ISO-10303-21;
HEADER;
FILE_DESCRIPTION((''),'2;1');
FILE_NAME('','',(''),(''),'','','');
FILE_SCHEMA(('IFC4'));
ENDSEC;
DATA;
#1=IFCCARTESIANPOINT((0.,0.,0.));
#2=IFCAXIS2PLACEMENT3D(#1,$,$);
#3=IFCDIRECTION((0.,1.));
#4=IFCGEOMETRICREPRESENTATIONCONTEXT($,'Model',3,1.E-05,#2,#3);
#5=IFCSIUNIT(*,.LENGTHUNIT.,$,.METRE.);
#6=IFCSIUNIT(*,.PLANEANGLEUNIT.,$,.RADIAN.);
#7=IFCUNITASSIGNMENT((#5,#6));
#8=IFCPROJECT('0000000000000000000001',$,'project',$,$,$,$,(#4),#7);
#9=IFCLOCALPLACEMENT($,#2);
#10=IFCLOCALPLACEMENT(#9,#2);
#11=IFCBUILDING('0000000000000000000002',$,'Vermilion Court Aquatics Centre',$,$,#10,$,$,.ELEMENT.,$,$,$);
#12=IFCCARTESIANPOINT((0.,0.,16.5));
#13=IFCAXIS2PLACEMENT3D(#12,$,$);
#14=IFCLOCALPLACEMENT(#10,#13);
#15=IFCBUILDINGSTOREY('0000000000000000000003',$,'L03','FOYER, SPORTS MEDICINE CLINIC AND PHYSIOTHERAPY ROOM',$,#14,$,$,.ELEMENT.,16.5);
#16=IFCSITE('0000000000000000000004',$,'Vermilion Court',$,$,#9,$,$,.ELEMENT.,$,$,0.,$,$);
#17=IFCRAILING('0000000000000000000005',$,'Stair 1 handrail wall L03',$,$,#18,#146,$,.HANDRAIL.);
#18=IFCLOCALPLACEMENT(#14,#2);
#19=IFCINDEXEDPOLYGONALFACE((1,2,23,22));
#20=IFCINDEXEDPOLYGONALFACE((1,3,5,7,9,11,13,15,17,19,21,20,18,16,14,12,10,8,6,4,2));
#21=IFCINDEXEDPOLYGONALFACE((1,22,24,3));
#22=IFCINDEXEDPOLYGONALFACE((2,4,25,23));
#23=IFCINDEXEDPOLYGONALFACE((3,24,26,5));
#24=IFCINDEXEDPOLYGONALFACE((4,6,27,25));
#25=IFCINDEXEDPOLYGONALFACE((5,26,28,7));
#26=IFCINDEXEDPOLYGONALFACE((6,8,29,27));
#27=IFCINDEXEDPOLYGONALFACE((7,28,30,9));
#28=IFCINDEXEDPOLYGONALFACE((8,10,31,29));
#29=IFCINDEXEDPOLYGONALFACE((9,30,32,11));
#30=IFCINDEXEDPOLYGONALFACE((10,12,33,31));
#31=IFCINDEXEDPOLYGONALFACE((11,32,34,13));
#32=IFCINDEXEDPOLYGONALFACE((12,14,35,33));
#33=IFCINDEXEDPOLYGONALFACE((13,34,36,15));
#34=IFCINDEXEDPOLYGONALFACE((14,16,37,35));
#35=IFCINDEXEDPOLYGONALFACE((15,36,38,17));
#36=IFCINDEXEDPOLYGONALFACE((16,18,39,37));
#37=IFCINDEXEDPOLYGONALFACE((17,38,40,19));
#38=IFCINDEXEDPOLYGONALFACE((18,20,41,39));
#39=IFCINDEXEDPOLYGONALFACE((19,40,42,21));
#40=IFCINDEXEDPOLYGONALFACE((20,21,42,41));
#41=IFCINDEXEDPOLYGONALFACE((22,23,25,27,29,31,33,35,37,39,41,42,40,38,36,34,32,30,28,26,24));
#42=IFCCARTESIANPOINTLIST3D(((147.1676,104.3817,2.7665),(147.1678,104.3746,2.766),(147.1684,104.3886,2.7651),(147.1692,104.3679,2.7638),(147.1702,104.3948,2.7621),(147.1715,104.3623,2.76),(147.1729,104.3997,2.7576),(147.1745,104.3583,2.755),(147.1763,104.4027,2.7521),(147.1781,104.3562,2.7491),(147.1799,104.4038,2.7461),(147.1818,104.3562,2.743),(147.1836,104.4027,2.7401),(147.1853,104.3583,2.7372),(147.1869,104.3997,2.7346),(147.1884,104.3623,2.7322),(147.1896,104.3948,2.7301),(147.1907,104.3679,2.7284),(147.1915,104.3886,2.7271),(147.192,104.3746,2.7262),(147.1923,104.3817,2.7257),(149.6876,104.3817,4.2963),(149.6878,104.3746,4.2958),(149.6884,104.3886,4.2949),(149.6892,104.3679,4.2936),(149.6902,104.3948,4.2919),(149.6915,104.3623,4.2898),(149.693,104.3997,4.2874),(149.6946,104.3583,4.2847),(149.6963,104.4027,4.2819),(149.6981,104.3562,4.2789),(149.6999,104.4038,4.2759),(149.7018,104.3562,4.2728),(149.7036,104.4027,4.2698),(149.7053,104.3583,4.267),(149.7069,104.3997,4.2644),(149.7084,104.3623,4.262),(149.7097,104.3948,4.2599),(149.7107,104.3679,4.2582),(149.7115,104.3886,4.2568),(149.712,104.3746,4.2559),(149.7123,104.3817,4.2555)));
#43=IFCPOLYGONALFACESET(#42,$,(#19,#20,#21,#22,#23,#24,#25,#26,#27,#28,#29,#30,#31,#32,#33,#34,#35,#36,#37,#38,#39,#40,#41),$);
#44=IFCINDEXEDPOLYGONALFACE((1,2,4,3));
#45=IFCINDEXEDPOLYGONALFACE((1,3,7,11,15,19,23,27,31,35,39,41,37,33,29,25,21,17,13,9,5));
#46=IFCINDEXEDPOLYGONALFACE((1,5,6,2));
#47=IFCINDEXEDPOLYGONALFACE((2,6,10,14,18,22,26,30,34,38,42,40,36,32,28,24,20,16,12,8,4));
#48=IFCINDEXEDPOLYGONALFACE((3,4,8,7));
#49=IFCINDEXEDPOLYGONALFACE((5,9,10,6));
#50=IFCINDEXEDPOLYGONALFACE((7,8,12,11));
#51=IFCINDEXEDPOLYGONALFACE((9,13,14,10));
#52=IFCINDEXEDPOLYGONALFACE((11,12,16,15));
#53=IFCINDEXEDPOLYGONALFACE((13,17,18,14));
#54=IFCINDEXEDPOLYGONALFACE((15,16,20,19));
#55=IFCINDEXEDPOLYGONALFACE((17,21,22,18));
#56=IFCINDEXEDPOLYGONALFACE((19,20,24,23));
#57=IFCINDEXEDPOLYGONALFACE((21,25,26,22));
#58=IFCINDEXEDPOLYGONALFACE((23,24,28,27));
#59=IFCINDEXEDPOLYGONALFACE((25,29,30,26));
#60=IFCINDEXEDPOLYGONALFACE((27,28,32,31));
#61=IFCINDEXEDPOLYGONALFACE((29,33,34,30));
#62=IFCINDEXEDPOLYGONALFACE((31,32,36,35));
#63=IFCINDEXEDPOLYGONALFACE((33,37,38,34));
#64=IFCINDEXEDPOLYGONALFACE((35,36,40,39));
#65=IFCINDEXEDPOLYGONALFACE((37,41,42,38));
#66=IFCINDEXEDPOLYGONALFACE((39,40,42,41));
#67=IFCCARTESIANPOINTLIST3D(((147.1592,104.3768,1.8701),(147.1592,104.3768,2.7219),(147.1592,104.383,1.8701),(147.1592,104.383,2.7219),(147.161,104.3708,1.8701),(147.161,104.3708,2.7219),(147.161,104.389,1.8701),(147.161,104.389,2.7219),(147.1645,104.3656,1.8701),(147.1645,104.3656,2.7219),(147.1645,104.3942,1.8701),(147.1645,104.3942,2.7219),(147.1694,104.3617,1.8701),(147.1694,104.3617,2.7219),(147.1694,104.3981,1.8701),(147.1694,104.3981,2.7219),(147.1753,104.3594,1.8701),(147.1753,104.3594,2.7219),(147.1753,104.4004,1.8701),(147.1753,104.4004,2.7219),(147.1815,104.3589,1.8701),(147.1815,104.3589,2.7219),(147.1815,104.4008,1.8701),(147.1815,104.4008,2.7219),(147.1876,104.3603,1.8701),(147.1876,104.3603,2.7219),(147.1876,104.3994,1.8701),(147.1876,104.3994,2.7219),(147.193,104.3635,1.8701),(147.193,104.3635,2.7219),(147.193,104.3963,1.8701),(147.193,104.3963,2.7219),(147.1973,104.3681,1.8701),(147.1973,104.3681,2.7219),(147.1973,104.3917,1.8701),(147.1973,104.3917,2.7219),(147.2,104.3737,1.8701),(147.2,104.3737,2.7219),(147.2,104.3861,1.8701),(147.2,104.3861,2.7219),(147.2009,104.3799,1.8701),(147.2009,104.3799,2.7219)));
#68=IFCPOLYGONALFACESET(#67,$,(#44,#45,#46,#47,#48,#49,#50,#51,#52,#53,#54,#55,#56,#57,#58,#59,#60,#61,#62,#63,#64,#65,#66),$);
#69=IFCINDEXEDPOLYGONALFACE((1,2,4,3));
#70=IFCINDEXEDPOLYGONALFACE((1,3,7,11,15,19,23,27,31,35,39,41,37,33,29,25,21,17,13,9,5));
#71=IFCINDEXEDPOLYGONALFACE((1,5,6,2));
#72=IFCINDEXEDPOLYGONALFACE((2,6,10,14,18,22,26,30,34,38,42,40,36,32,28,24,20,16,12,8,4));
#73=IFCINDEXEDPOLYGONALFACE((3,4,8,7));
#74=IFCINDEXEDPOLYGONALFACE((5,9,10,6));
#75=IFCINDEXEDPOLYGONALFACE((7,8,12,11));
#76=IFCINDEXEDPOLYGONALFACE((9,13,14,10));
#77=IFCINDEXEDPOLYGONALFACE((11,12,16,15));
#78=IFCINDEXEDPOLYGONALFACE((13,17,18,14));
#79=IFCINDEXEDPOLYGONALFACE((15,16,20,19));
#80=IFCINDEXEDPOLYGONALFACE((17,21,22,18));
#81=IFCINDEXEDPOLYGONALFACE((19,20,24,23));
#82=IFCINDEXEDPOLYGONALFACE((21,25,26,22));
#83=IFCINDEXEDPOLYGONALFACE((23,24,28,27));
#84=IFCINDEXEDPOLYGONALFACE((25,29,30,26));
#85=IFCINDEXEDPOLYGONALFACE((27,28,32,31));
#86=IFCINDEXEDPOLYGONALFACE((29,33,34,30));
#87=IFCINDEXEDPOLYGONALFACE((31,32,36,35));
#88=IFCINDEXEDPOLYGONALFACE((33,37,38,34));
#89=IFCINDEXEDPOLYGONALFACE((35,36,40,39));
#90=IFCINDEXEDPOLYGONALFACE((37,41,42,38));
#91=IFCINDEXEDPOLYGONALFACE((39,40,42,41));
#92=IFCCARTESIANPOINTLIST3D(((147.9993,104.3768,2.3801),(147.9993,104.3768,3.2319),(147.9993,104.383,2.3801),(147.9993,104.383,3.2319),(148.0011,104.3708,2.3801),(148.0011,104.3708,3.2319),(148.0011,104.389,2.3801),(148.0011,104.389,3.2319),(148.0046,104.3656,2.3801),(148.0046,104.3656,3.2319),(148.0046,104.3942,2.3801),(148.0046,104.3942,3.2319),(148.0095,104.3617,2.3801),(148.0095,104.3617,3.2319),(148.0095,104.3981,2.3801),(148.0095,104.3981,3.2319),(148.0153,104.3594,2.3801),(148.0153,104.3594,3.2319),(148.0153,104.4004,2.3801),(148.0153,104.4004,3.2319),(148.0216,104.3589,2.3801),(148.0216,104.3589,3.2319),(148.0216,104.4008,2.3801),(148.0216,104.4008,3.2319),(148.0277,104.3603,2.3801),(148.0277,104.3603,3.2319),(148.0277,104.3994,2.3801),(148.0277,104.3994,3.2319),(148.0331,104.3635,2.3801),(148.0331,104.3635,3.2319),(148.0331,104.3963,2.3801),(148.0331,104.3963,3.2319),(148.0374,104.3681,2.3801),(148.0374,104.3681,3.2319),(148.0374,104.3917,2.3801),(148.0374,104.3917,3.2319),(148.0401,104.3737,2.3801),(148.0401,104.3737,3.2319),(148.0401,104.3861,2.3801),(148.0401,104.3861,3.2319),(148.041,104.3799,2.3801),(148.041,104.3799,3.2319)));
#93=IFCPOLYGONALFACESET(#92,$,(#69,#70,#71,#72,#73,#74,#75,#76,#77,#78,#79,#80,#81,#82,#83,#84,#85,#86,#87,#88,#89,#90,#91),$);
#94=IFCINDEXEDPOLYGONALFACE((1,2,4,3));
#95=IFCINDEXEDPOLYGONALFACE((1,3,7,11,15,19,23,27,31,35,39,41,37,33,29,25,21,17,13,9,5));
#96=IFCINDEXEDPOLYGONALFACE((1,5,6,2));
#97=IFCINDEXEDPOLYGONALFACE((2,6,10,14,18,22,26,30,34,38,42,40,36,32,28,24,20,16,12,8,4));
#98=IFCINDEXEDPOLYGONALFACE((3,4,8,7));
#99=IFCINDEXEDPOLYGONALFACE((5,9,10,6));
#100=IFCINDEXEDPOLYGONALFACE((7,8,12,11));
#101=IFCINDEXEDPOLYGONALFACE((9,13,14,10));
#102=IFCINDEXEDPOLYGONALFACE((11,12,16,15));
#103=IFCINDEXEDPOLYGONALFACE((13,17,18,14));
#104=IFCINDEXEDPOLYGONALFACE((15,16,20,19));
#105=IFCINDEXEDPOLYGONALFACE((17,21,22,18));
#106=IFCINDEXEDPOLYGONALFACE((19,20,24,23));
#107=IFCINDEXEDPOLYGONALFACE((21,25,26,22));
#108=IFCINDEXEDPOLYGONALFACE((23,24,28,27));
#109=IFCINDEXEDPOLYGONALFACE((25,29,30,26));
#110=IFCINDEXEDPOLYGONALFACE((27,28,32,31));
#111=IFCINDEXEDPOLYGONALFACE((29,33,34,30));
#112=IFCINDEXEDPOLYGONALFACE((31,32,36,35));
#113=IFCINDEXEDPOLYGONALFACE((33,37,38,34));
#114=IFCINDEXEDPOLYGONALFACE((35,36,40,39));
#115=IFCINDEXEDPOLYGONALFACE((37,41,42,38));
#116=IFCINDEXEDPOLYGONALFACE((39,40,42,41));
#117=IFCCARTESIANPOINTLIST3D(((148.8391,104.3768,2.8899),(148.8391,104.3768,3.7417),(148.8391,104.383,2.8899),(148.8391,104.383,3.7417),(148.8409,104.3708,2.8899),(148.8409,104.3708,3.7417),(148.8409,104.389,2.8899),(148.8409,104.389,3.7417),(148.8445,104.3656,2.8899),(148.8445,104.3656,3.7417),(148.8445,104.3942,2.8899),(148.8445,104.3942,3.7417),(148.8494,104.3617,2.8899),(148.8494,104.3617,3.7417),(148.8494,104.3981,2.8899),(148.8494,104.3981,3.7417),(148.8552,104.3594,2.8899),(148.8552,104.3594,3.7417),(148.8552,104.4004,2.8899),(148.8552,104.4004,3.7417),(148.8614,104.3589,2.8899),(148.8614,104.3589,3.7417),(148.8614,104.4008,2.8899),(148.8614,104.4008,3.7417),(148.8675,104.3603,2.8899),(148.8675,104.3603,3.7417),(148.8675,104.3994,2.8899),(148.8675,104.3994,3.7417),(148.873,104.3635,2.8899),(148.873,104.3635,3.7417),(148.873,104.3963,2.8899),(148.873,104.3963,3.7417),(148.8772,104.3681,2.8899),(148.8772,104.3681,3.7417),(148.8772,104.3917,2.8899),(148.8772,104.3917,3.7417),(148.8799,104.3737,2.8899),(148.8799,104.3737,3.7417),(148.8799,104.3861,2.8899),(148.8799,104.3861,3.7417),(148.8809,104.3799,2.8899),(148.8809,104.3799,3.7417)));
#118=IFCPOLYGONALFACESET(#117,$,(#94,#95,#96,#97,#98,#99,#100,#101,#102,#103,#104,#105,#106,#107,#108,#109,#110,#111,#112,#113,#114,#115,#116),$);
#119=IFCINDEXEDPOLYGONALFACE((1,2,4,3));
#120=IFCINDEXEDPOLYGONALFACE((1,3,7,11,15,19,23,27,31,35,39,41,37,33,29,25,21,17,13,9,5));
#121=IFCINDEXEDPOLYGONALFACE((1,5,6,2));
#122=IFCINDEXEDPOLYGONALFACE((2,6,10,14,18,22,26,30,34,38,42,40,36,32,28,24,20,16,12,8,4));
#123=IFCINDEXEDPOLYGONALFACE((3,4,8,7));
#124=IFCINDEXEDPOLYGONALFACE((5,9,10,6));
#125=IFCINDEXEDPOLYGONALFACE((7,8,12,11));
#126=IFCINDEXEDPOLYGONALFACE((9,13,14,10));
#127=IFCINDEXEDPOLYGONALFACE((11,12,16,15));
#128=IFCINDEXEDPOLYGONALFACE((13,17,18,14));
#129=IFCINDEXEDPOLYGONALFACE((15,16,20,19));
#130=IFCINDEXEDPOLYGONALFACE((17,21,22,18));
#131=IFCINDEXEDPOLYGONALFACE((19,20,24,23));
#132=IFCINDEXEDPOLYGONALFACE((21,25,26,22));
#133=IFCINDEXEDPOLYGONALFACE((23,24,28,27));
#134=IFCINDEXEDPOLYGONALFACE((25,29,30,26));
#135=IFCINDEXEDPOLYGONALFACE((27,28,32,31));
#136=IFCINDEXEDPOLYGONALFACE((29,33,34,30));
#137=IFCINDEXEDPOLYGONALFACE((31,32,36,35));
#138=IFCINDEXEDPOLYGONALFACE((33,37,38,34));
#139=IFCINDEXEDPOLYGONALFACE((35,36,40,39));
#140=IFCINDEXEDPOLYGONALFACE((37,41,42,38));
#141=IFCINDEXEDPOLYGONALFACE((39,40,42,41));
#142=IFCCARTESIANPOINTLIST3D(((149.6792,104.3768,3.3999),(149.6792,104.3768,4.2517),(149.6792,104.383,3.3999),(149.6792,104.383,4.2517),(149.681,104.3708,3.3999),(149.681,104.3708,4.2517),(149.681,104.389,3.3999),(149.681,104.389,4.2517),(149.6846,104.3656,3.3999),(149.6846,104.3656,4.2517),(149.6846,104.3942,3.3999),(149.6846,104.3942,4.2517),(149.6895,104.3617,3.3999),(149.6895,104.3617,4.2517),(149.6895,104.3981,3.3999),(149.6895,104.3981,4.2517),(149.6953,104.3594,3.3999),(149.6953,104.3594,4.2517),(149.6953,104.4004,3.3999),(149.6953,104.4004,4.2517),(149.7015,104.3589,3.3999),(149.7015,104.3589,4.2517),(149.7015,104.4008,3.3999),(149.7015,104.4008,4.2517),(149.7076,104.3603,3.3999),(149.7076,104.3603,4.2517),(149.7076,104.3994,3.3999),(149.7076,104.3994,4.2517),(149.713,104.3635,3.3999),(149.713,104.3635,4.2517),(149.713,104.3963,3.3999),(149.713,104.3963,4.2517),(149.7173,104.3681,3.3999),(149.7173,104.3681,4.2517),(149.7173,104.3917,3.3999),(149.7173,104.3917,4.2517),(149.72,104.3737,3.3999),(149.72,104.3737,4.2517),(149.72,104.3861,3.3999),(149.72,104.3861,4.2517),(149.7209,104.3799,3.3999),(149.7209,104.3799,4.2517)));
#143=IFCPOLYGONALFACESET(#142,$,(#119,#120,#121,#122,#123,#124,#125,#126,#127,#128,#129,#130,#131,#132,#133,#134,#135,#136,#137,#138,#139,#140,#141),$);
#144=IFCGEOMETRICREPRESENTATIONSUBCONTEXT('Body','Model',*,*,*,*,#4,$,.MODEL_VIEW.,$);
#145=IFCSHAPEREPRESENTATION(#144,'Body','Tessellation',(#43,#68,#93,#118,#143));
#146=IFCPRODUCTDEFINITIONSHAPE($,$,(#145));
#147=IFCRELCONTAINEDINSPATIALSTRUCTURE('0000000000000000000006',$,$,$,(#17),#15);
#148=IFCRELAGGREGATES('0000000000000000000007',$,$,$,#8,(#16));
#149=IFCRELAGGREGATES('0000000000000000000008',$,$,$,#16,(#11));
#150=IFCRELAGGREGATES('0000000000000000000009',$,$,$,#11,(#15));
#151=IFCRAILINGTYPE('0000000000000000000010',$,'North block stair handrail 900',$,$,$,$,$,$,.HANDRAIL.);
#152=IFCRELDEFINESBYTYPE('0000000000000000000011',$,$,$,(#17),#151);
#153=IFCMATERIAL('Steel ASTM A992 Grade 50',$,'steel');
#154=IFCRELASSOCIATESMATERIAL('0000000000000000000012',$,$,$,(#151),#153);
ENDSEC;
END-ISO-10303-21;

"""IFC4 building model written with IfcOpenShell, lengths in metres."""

from ifc_helpers import new_model, si_unit, direction, frame, origin, origin_2d, place, context, subcontext, project, spatial, circle, extrude, material, type_object, element, save


model = new_model("IFC4")

# Units and contexts
model_context = context("Model", 3, precision=1e-05, world=origin(), true_north=direction((0.0, 1.0)))
body_context = subcontext(model_context, "Body", "Model", "MODEL_VIEW")
ifc_project = project(units=[si_unit("LENGTHUNIT", "METRE"), si_unit("PLANEANGLEUNIT", "RADIAN")], contexts=[model_context])

# Site, building, storey
site_placement = place(None, origin())
site = spatial("IfcSite", under=ifc_project, at=site_placement, Name="Vermilion Court", CompositionType="ELEMENT", RefElevation=0.0)
building_placement = place(site_placement, origin())
building = spatial("IfcBuilding", under=site, at=building_placement, Name="Vermilion Court Aquatics Centre", CompositionType="ELEMENT")
storey_placement = place(building_placement, frame((0.0, 0.0, 16.5)))
storey = spatial("IfcBuildingStorey", under=building, at=storey_placement, Name="L03", Description="FOYER, SPORTS MEDICINE CLINIC AND PHYSIOTHERAPY ROOM", CompositionType="ELEMENT", Elevation=16.5)

# Railing
ifc_material_1 = material(Name="Steel ASTM A992 Grade 50", Category="steel")
railing_type_1 = type_object("IfcRailingType", Name="North block stair handrail 900", PredefinedType="HANDRAIL", material=ifc_material_1)
for number, where, name in (
    (1, (147.1799, 104.3799, 1.8701), "Stair 1 handrail wall L03"),
):
    element("IfcRailing", number, at=place(storey_placement, frame(where)), inside=storey, type_object=railing_type_1, Name=name, PredefinedType="HANDRAIL", context=body_context, shape_type="SweptSolid", body=[
        extrude(circle(Radius=0.0239, at=origin_2d()), frame((0.0, 0.0, 0.876), z_axis=(0.854822, 0.0, 0.518922), x_axis=(0.0, 1.0, 0.0)), (0.0, 0.0, 1.0), 2.948),
        extrude(circle(Radius=0.021, at=origin_2d()), origin(), (0.0, 0.0, 1.0), 0.8518),
        extrude(circle(Radius=0.021, at=origin_2d()), frame((0.8401, 0.0, 0.51)), (0.0, 0.0, 1.0), 0.8518),
        extrude(circle(Radius=0.021, at=origin_2d()), frame((1.6799, 0.0, 1.0198)), (0.0, 0.0, 1.0), 0.8518),
        extrude(circle(Radius=0.021, at=origin_2d()), frame((2.52, 0.0, 1.5298)), (0.0, 0.0, 1.0), 0.8518),
    ])

save(model, "model.ifc")
